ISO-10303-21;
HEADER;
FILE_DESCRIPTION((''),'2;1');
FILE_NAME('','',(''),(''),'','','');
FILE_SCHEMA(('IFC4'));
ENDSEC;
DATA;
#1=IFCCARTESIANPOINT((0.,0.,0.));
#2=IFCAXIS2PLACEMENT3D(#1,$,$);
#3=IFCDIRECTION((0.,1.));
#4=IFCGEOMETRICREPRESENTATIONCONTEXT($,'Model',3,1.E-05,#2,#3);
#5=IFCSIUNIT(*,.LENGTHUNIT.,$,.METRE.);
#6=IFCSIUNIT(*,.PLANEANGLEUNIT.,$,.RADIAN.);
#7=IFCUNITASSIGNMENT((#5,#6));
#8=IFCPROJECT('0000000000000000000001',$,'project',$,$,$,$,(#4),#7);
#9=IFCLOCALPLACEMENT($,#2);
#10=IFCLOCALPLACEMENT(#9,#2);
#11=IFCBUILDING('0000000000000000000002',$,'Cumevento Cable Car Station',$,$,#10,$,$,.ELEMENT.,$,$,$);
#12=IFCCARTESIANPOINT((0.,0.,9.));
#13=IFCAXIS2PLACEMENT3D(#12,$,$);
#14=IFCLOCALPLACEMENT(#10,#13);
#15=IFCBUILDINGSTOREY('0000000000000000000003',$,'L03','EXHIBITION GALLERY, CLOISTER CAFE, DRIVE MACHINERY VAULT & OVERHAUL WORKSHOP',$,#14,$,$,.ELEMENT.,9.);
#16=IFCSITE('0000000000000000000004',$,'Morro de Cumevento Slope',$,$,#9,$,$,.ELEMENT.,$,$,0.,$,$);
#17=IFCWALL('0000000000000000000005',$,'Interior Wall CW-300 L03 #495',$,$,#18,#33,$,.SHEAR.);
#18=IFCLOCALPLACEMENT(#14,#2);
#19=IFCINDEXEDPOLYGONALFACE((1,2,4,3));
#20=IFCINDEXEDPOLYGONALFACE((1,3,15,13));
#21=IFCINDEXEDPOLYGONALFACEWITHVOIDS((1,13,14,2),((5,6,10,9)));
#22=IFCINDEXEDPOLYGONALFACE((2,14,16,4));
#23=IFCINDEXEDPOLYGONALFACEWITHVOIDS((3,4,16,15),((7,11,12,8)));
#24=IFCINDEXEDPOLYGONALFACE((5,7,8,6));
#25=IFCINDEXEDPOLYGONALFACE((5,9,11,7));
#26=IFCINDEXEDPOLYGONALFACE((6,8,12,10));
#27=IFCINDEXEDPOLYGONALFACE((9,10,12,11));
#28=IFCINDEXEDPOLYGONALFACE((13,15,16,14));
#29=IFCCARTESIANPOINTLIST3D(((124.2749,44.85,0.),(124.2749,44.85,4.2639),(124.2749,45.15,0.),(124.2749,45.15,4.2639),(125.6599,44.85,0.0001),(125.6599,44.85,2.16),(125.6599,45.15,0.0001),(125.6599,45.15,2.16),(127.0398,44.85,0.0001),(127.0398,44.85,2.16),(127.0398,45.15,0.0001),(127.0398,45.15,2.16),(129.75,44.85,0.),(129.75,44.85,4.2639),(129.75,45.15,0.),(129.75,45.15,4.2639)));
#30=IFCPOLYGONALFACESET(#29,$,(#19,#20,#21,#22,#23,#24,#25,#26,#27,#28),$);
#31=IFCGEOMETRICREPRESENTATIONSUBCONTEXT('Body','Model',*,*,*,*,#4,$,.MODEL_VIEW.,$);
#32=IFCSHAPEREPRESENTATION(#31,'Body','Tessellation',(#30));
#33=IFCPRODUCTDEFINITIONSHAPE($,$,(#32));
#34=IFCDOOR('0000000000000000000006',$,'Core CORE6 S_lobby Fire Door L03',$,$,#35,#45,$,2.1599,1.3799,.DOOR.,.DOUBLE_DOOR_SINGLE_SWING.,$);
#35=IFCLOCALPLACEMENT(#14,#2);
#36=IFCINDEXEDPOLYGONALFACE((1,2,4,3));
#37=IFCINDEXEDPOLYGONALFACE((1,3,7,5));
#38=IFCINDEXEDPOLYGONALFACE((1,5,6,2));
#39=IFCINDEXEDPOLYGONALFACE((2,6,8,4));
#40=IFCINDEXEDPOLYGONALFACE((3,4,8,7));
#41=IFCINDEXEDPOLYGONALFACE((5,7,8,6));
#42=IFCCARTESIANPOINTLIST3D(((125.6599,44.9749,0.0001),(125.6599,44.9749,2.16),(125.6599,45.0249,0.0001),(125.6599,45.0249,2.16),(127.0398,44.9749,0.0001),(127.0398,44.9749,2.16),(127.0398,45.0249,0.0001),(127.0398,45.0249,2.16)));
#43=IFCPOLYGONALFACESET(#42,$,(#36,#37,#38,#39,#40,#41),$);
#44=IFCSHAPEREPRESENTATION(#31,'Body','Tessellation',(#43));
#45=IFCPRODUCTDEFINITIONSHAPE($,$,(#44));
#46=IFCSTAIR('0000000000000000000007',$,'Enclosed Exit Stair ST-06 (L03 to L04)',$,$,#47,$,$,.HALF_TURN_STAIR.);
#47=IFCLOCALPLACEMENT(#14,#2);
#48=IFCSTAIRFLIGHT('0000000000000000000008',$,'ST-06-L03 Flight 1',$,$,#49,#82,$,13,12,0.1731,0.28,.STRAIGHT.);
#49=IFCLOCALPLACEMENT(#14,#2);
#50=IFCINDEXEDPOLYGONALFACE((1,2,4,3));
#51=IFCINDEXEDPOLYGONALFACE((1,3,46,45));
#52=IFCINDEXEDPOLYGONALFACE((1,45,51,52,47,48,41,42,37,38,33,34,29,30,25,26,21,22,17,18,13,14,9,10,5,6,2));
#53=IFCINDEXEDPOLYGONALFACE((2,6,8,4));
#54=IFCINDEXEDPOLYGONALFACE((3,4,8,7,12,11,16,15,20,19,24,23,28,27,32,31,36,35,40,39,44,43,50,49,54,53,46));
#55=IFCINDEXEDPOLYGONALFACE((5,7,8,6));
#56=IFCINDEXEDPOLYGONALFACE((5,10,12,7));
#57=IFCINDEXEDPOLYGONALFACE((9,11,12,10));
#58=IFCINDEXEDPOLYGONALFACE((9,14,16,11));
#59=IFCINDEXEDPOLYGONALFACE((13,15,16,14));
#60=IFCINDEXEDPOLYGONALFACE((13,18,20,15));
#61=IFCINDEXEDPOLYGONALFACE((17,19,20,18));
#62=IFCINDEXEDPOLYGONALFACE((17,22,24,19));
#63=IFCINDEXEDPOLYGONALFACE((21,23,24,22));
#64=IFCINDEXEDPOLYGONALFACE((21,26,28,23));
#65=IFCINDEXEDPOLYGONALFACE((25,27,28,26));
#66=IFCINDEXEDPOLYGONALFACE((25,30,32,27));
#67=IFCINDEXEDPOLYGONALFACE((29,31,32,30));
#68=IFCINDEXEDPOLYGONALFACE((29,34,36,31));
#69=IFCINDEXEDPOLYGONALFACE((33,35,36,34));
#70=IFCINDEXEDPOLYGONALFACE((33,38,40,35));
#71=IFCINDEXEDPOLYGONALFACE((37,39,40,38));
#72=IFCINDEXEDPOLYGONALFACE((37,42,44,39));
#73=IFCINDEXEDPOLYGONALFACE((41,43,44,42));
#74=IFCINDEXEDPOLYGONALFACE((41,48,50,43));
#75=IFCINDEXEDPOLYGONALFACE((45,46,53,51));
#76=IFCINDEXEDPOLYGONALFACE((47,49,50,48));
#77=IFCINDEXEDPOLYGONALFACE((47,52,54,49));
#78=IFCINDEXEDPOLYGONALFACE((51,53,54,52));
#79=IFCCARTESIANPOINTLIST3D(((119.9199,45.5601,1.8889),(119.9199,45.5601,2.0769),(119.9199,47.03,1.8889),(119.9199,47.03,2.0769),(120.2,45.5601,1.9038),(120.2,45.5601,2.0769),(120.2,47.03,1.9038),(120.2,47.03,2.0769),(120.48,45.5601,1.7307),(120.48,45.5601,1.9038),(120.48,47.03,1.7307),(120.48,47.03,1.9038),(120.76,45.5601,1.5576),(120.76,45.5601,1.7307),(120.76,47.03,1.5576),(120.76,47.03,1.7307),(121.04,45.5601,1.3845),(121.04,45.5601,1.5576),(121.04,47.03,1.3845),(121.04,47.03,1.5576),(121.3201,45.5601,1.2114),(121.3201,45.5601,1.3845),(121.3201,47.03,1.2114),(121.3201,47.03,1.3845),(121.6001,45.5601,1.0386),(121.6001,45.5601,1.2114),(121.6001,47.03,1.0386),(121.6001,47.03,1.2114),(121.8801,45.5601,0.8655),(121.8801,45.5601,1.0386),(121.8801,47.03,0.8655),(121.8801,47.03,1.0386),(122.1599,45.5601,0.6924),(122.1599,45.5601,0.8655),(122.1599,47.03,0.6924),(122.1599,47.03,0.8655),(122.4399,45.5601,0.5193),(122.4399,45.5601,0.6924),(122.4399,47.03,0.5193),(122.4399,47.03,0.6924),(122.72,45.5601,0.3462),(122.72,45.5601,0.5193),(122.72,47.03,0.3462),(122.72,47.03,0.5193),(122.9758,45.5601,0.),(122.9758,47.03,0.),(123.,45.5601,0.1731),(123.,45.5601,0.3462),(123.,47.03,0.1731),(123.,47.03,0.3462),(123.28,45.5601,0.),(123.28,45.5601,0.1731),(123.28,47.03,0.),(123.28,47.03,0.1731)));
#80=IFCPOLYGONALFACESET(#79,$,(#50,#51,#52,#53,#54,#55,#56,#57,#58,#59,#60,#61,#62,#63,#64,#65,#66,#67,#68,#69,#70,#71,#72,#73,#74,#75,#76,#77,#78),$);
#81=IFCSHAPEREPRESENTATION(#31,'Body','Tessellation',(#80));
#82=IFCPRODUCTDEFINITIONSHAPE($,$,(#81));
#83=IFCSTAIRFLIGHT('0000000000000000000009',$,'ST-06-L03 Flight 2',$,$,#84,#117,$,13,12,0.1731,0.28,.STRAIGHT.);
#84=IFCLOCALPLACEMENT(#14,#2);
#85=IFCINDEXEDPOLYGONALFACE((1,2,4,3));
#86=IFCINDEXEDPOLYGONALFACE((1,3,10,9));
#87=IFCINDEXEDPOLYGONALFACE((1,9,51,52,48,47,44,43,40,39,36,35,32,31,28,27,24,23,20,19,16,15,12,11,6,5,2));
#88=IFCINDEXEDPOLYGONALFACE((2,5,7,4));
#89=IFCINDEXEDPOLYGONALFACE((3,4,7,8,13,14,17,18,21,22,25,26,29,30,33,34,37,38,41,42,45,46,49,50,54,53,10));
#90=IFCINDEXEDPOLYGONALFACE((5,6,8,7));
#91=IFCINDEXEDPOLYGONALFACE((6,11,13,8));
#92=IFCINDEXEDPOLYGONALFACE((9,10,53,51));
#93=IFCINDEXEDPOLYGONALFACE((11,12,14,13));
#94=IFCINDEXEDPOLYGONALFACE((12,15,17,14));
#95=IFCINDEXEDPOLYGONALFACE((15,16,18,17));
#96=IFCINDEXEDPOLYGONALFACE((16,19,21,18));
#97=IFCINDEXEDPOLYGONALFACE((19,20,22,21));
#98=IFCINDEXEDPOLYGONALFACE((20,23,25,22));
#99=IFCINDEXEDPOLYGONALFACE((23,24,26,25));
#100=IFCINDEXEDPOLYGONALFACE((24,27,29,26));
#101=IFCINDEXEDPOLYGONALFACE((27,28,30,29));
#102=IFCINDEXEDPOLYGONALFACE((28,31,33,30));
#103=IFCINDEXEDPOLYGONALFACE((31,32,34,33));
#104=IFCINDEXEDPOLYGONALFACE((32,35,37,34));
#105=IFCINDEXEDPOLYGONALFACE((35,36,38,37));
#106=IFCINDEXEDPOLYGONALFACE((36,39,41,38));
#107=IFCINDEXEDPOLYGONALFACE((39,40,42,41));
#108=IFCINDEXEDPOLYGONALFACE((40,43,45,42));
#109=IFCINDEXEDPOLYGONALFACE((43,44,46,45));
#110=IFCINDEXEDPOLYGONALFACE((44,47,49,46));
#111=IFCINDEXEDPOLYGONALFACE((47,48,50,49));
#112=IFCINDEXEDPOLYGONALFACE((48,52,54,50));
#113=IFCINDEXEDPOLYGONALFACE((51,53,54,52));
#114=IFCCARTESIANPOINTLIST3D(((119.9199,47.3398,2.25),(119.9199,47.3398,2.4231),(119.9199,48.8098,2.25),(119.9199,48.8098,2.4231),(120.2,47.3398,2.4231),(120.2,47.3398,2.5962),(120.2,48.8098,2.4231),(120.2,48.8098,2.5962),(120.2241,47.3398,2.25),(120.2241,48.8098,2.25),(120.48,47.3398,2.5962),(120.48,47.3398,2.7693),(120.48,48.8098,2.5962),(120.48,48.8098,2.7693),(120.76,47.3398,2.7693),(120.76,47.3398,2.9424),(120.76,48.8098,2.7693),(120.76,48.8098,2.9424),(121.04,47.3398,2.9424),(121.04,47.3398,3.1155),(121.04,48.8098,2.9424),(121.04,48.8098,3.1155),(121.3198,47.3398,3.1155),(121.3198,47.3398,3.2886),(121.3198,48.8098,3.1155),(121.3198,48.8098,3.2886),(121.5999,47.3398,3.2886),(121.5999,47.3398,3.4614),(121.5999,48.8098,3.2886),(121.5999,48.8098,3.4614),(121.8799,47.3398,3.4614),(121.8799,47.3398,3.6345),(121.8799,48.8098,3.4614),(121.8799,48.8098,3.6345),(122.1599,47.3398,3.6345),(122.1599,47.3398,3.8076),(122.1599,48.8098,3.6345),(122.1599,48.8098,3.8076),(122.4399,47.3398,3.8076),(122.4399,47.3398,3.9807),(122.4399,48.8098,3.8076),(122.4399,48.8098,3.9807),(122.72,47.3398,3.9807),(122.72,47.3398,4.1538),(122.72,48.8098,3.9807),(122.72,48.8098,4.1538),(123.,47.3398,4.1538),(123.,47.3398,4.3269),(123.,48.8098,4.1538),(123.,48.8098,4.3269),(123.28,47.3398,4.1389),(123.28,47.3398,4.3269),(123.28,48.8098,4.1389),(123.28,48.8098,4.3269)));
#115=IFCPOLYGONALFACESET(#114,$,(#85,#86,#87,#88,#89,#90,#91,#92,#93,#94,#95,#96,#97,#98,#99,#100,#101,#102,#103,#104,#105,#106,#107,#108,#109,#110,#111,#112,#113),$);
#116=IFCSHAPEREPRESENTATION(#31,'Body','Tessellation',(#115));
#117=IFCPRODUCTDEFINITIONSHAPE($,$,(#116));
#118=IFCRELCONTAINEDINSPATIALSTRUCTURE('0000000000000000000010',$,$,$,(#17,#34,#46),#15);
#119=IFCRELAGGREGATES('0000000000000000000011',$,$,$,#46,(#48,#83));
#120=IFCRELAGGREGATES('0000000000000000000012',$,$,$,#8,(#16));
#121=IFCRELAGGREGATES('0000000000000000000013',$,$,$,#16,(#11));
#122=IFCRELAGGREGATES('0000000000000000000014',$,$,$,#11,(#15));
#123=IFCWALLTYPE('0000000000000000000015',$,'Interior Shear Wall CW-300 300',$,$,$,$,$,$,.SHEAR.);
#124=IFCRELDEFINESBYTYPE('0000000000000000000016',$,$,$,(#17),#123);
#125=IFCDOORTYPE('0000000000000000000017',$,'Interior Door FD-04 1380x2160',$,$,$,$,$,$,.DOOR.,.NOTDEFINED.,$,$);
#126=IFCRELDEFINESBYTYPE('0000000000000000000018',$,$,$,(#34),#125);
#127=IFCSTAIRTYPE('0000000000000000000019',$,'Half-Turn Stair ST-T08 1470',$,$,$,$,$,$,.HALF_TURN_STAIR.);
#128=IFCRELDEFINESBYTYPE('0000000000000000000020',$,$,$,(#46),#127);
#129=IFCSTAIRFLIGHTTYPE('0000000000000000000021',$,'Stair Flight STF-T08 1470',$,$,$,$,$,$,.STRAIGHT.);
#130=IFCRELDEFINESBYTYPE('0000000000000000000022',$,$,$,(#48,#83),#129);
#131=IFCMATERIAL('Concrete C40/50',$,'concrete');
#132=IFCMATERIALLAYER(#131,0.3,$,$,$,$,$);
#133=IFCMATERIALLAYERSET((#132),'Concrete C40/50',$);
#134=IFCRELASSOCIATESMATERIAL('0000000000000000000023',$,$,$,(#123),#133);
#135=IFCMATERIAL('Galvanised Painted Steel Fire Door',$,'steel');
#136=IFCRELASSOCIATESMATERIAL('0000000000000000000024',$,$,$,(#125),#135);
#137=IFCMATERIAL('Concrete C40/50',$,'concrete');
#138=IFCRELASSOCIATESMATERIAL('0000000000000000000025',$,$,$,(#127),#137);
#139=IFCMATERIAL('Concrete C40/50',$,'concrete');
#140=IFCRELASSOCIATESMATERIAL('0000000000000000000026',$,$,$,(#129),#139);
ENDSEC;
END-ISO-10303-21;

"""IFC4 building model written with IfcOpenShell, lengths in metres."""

from ifc_helpers import new_model, si_unit, direction, frame, frame_2d, origin, place, context, subcontext, project, spatial, polyline, rectangle, outline, extrude, material, layer, layer_set, type_object, element, fill, aggregate, save


model = new_model("IFC4")

# Units and contexts
model_context = context("Model", 3, precision=1e-05, world=origin(), true_north=direction((0.0, 1.0)))
body_context = subcontext(model_context, "Body", "Model", "MODEL_VIEW")
ifc_project = project(units=[si_unit("LENGTHUNIT", "METRE"), si_unit("PLANEANGLEUNIT", "RADIAN")], contexts=[model_context])

# Site, building, storey
site_placement = place(None, origin())
site = spatial("IfcSite", under=ifc_project, at=site_placement, Name="Morro de Cumevento Slope", CompositionType="ELEMENT", RefElevation=0.0)
building_placement = place(site_placement, origin())
building = spatial("IfcBuilding", under=site, at=building_placement, Name="Cumevento Cable Car Station", CompositionType="ELEMENT")
storey_placement = place(building_placement, frame((0.0, 0.0, 9.0)))
storey = spatial("IfcBuildingStorey", under=building, at=storey_placement, Name="L03", Description="EXHIBITION GALLERY, CLOISTER CAFE, DRIVE MACHINERY VAULT & OVERHAUL WORKSHOP", CompositionType="ELEMENT", Elevation=9.0)

# Shared definitions
ifc_material_1 = material(Name="Concrete C40/50", Category="concrete")
ifc_layer_1 = layer(ifc_material_1, 0.3)
ifc_layer_set_1 = layer_set([ifc_layer_1], Name="Concrete C40/50")
wall_type_1 = type_object("IfcWallType", Name="Interior Shear Wall CW-300 300", PredefinedType="SHEAR", material=ifc_layer_set_1)

# Wall, opening, door
wall_1_placement = place(storey_placement, frame((124.2749, 45.0, 0.0), z_axis=(0.0, 0.0, 1.0), x_axis=(1.0, 0.0, 0.0)))
wall_1 = element("IfcWall", 1, at=wall_1_placement, inside=storey, type_object=wall_type_1, Name="Interior Wall CW-300 L03 #495", PredefinedType="SHEAR", context=body_context, shape_type="SweptSolid", body=[
    extrude(rectangle(XDim=5.4751, YDim=0.3, at=frame_2d((2.7375, 0.0))), origin(), (0.0, 0.0, 1.0), 4.2639),
])
opening_1_placement = place(wall_1_placement, frame((1.385, 0.0, 0.0)))
opening_1 = element("IfcOpeningElement", 2, at=opening_1_placement, cuts=wall_1, PredefinedType="OPENING", context=body_context, shape_type="SweptSolid", body=[
    extrude(rectangle(XDim=1.3799, YDim=2.1599, at=frame_2d((0.6899, 1.0801))), frame((0.0, 0.1599, 0.0), z_axis=(0.0, -1.0, 0.0), x_axis=(1.0, 0.0, 0.0)), (0.0, 0.0, 1.0), 0.3201),
])
ifc_material_2 = material(Name="Galvanised Painted Steel Fire Door", Category="steel")
door_type_1 = type_object("IfcDoorType", Name="Interior Door FD-04 1380x2160", OperationType="NOTDEFINED", PredefinedType="DOOR", material=ifc_material_2)
door_1_placement = place(opening_1_placement, origin())
door_1 = element("IfcDoor", 3, at=door_1_placement, inside=storey, type_object=door_type_1, Name="Core CORE6 S_lobby Fire Door L03", OperationType="DOUBLE_DOOR_SINGLE_SWING", OverallHeight=2.1599, OverallWidth=1.3799, PredefinedType="DOOR", context=body_context, shape_type="SweptSolid", body=[
    extrude(rectangle(XDim=1.3799, YDim=2.1599, at=frame_2d((0.6899, 1.0801))), frame((0.0, 0.0249, 0.0), z_axis=(0.0, -1.0, 0.0), x_axis=(1.0, 0.0, 0.0)), (0.0, 0.0, 1.0), 0.05),
])
fill(opening_1, door_1)

# Stair, stair flights
ifc_material_3 = material(Name="Concrete C40/50", Category="concrete")
stair_type = type_object("IfcStairType", Name="Half-Turn Stair ST-T08 1470", PredefinedType="HALF_TURN_STAIR", material=ifc_material_3)
stair_placement = place(storey_placement, origin())
stair = element("IfcStair", 4, at=stair_placement, inside=storey, type_object=stair_type, Name="Enclosed Exit Stair ST-06 (L03 to L04)", PredefinedType="HALF_TURN_STAIR")
ifc_material_4 = material(Name="Concrete C40/50", Category="concrete")
stair_flight_type = type_object("IfcStairFlightType", Name="Stair Flight STF-T08 1470", PredefinedType="STRAIGHT", material=ifc_material_4)
stair_flight_1_placement = place(storey_placement, frame((123.28, 46.2949, 0.0), z_axis=(0.0, 0.0, 1.0), x_axis=(-1.0, 0.0, 0.0)))
stair_flight_1 = element("IfcStairFlight", 5, at=stair_flight_1_placement, type_object=stair_flight_type, Name="ST-06-L03 Flight 1", NumberOfRisers=13, NumberOfTreads=12, PredefinedType="STRAIGHT", RiserHeight=0.1731, TreadLength=0.28, context=body_context, shape_type="SweptSolid", body=[
    extrude(outline(polyline([(0.0, 0.0), (0.0, 0.1731), (0.28, 0.1731), (0.28, 0.3462), (0.5601, 0.3462), (0.5601, 0.5193), (0.8401, 0.5193), (0.8401, 0.6924), (1.1201, 0.6924), (1.1201, 0.8655), (1.3999, 0.8655), (1.3999, 1.0386), (1.6799, 1.0386), (1.6799, 1.2114), (1.96, 1.2114), (1.96, 1.3845), (2.24, 1.3845), (2.24, 1.5576), (2.52, 1.5576), (2.52, 1.7307), (2.8, 1.7307), (2.8, 1.9038), (3.0801, 1.9038), (3.0801, 2.0769), (3.3601, 2.0769), (3.3601, 2.25), (3.3601, 1.8889), (0.3042, 0.0), (0.0, 0.0)])), frame((0.0, 0.7349, 0.0), z_axis=(0.0, -1.0, 0.0), x_axis=(1.0, 0.0, 0.0)), (0.0, 0.0, 1.0), 1.47),
])
stair_flight_2_placement = place(storey_placement, frame((119.9199, 48.075, 2.25), z_axis=(0.0, 0.0, 1.0), x_axis=(1.0, 0.0, 0.0)))
stair_flight_2 = element("IfcStairFlight", 6, at=stair_flight_2_placement, type_object=stair_flight_type, Name="ST-06-L03 Flight 2", NumberOfRisers=13, NumberOfTreads=12, PredefinedType="STRAIGHT", RiserHeight=0.1731, TreadLength=0.28, context=body_context, shape_type="SweptSolid", body=[
    extrude(outline(polyline([(0.0, 0.0), (0.0, 0.1731), (0.28, 0.1731), (0.28, 0.3462), (0.5601, 0.3462), (0.5601, 0.5193), (0.8401, 0.5193), (0.8401, 0.6924), (1.1201, 0.6924), (1.1201, 0.8655), (1.3999, 0.8655), (1.3999, 1.0386), (1.6799, 1.0386), (1.6799, 1.2114), (1.96, 1.2114), (1.96, 1.3845), (2.24, 1.3845), (2.24, 1.5576), (2.52, 1.5576), (2.52, 1.7307), (2.8, 1.7307), (2.8, 1.9038), (3.0801, 1.9038), (3.0801, 2.0769), (3.3601, 2.0769), (3.3601, 2.25), (3.3601, 1.8889), (0.3042, 0.0), (0.0, 0.0)])), frame((0.0, 0.7349, 0.0), z_axis=(0.0, -1.0, 0.0), x_axis=(1.0, 0.0, 0.0)), (0.0, 0.0, 1.0), 1.47),
])
aggregate(stair, [stair_flight_1, stair_flight_2])

save(model, "model.ifc")
